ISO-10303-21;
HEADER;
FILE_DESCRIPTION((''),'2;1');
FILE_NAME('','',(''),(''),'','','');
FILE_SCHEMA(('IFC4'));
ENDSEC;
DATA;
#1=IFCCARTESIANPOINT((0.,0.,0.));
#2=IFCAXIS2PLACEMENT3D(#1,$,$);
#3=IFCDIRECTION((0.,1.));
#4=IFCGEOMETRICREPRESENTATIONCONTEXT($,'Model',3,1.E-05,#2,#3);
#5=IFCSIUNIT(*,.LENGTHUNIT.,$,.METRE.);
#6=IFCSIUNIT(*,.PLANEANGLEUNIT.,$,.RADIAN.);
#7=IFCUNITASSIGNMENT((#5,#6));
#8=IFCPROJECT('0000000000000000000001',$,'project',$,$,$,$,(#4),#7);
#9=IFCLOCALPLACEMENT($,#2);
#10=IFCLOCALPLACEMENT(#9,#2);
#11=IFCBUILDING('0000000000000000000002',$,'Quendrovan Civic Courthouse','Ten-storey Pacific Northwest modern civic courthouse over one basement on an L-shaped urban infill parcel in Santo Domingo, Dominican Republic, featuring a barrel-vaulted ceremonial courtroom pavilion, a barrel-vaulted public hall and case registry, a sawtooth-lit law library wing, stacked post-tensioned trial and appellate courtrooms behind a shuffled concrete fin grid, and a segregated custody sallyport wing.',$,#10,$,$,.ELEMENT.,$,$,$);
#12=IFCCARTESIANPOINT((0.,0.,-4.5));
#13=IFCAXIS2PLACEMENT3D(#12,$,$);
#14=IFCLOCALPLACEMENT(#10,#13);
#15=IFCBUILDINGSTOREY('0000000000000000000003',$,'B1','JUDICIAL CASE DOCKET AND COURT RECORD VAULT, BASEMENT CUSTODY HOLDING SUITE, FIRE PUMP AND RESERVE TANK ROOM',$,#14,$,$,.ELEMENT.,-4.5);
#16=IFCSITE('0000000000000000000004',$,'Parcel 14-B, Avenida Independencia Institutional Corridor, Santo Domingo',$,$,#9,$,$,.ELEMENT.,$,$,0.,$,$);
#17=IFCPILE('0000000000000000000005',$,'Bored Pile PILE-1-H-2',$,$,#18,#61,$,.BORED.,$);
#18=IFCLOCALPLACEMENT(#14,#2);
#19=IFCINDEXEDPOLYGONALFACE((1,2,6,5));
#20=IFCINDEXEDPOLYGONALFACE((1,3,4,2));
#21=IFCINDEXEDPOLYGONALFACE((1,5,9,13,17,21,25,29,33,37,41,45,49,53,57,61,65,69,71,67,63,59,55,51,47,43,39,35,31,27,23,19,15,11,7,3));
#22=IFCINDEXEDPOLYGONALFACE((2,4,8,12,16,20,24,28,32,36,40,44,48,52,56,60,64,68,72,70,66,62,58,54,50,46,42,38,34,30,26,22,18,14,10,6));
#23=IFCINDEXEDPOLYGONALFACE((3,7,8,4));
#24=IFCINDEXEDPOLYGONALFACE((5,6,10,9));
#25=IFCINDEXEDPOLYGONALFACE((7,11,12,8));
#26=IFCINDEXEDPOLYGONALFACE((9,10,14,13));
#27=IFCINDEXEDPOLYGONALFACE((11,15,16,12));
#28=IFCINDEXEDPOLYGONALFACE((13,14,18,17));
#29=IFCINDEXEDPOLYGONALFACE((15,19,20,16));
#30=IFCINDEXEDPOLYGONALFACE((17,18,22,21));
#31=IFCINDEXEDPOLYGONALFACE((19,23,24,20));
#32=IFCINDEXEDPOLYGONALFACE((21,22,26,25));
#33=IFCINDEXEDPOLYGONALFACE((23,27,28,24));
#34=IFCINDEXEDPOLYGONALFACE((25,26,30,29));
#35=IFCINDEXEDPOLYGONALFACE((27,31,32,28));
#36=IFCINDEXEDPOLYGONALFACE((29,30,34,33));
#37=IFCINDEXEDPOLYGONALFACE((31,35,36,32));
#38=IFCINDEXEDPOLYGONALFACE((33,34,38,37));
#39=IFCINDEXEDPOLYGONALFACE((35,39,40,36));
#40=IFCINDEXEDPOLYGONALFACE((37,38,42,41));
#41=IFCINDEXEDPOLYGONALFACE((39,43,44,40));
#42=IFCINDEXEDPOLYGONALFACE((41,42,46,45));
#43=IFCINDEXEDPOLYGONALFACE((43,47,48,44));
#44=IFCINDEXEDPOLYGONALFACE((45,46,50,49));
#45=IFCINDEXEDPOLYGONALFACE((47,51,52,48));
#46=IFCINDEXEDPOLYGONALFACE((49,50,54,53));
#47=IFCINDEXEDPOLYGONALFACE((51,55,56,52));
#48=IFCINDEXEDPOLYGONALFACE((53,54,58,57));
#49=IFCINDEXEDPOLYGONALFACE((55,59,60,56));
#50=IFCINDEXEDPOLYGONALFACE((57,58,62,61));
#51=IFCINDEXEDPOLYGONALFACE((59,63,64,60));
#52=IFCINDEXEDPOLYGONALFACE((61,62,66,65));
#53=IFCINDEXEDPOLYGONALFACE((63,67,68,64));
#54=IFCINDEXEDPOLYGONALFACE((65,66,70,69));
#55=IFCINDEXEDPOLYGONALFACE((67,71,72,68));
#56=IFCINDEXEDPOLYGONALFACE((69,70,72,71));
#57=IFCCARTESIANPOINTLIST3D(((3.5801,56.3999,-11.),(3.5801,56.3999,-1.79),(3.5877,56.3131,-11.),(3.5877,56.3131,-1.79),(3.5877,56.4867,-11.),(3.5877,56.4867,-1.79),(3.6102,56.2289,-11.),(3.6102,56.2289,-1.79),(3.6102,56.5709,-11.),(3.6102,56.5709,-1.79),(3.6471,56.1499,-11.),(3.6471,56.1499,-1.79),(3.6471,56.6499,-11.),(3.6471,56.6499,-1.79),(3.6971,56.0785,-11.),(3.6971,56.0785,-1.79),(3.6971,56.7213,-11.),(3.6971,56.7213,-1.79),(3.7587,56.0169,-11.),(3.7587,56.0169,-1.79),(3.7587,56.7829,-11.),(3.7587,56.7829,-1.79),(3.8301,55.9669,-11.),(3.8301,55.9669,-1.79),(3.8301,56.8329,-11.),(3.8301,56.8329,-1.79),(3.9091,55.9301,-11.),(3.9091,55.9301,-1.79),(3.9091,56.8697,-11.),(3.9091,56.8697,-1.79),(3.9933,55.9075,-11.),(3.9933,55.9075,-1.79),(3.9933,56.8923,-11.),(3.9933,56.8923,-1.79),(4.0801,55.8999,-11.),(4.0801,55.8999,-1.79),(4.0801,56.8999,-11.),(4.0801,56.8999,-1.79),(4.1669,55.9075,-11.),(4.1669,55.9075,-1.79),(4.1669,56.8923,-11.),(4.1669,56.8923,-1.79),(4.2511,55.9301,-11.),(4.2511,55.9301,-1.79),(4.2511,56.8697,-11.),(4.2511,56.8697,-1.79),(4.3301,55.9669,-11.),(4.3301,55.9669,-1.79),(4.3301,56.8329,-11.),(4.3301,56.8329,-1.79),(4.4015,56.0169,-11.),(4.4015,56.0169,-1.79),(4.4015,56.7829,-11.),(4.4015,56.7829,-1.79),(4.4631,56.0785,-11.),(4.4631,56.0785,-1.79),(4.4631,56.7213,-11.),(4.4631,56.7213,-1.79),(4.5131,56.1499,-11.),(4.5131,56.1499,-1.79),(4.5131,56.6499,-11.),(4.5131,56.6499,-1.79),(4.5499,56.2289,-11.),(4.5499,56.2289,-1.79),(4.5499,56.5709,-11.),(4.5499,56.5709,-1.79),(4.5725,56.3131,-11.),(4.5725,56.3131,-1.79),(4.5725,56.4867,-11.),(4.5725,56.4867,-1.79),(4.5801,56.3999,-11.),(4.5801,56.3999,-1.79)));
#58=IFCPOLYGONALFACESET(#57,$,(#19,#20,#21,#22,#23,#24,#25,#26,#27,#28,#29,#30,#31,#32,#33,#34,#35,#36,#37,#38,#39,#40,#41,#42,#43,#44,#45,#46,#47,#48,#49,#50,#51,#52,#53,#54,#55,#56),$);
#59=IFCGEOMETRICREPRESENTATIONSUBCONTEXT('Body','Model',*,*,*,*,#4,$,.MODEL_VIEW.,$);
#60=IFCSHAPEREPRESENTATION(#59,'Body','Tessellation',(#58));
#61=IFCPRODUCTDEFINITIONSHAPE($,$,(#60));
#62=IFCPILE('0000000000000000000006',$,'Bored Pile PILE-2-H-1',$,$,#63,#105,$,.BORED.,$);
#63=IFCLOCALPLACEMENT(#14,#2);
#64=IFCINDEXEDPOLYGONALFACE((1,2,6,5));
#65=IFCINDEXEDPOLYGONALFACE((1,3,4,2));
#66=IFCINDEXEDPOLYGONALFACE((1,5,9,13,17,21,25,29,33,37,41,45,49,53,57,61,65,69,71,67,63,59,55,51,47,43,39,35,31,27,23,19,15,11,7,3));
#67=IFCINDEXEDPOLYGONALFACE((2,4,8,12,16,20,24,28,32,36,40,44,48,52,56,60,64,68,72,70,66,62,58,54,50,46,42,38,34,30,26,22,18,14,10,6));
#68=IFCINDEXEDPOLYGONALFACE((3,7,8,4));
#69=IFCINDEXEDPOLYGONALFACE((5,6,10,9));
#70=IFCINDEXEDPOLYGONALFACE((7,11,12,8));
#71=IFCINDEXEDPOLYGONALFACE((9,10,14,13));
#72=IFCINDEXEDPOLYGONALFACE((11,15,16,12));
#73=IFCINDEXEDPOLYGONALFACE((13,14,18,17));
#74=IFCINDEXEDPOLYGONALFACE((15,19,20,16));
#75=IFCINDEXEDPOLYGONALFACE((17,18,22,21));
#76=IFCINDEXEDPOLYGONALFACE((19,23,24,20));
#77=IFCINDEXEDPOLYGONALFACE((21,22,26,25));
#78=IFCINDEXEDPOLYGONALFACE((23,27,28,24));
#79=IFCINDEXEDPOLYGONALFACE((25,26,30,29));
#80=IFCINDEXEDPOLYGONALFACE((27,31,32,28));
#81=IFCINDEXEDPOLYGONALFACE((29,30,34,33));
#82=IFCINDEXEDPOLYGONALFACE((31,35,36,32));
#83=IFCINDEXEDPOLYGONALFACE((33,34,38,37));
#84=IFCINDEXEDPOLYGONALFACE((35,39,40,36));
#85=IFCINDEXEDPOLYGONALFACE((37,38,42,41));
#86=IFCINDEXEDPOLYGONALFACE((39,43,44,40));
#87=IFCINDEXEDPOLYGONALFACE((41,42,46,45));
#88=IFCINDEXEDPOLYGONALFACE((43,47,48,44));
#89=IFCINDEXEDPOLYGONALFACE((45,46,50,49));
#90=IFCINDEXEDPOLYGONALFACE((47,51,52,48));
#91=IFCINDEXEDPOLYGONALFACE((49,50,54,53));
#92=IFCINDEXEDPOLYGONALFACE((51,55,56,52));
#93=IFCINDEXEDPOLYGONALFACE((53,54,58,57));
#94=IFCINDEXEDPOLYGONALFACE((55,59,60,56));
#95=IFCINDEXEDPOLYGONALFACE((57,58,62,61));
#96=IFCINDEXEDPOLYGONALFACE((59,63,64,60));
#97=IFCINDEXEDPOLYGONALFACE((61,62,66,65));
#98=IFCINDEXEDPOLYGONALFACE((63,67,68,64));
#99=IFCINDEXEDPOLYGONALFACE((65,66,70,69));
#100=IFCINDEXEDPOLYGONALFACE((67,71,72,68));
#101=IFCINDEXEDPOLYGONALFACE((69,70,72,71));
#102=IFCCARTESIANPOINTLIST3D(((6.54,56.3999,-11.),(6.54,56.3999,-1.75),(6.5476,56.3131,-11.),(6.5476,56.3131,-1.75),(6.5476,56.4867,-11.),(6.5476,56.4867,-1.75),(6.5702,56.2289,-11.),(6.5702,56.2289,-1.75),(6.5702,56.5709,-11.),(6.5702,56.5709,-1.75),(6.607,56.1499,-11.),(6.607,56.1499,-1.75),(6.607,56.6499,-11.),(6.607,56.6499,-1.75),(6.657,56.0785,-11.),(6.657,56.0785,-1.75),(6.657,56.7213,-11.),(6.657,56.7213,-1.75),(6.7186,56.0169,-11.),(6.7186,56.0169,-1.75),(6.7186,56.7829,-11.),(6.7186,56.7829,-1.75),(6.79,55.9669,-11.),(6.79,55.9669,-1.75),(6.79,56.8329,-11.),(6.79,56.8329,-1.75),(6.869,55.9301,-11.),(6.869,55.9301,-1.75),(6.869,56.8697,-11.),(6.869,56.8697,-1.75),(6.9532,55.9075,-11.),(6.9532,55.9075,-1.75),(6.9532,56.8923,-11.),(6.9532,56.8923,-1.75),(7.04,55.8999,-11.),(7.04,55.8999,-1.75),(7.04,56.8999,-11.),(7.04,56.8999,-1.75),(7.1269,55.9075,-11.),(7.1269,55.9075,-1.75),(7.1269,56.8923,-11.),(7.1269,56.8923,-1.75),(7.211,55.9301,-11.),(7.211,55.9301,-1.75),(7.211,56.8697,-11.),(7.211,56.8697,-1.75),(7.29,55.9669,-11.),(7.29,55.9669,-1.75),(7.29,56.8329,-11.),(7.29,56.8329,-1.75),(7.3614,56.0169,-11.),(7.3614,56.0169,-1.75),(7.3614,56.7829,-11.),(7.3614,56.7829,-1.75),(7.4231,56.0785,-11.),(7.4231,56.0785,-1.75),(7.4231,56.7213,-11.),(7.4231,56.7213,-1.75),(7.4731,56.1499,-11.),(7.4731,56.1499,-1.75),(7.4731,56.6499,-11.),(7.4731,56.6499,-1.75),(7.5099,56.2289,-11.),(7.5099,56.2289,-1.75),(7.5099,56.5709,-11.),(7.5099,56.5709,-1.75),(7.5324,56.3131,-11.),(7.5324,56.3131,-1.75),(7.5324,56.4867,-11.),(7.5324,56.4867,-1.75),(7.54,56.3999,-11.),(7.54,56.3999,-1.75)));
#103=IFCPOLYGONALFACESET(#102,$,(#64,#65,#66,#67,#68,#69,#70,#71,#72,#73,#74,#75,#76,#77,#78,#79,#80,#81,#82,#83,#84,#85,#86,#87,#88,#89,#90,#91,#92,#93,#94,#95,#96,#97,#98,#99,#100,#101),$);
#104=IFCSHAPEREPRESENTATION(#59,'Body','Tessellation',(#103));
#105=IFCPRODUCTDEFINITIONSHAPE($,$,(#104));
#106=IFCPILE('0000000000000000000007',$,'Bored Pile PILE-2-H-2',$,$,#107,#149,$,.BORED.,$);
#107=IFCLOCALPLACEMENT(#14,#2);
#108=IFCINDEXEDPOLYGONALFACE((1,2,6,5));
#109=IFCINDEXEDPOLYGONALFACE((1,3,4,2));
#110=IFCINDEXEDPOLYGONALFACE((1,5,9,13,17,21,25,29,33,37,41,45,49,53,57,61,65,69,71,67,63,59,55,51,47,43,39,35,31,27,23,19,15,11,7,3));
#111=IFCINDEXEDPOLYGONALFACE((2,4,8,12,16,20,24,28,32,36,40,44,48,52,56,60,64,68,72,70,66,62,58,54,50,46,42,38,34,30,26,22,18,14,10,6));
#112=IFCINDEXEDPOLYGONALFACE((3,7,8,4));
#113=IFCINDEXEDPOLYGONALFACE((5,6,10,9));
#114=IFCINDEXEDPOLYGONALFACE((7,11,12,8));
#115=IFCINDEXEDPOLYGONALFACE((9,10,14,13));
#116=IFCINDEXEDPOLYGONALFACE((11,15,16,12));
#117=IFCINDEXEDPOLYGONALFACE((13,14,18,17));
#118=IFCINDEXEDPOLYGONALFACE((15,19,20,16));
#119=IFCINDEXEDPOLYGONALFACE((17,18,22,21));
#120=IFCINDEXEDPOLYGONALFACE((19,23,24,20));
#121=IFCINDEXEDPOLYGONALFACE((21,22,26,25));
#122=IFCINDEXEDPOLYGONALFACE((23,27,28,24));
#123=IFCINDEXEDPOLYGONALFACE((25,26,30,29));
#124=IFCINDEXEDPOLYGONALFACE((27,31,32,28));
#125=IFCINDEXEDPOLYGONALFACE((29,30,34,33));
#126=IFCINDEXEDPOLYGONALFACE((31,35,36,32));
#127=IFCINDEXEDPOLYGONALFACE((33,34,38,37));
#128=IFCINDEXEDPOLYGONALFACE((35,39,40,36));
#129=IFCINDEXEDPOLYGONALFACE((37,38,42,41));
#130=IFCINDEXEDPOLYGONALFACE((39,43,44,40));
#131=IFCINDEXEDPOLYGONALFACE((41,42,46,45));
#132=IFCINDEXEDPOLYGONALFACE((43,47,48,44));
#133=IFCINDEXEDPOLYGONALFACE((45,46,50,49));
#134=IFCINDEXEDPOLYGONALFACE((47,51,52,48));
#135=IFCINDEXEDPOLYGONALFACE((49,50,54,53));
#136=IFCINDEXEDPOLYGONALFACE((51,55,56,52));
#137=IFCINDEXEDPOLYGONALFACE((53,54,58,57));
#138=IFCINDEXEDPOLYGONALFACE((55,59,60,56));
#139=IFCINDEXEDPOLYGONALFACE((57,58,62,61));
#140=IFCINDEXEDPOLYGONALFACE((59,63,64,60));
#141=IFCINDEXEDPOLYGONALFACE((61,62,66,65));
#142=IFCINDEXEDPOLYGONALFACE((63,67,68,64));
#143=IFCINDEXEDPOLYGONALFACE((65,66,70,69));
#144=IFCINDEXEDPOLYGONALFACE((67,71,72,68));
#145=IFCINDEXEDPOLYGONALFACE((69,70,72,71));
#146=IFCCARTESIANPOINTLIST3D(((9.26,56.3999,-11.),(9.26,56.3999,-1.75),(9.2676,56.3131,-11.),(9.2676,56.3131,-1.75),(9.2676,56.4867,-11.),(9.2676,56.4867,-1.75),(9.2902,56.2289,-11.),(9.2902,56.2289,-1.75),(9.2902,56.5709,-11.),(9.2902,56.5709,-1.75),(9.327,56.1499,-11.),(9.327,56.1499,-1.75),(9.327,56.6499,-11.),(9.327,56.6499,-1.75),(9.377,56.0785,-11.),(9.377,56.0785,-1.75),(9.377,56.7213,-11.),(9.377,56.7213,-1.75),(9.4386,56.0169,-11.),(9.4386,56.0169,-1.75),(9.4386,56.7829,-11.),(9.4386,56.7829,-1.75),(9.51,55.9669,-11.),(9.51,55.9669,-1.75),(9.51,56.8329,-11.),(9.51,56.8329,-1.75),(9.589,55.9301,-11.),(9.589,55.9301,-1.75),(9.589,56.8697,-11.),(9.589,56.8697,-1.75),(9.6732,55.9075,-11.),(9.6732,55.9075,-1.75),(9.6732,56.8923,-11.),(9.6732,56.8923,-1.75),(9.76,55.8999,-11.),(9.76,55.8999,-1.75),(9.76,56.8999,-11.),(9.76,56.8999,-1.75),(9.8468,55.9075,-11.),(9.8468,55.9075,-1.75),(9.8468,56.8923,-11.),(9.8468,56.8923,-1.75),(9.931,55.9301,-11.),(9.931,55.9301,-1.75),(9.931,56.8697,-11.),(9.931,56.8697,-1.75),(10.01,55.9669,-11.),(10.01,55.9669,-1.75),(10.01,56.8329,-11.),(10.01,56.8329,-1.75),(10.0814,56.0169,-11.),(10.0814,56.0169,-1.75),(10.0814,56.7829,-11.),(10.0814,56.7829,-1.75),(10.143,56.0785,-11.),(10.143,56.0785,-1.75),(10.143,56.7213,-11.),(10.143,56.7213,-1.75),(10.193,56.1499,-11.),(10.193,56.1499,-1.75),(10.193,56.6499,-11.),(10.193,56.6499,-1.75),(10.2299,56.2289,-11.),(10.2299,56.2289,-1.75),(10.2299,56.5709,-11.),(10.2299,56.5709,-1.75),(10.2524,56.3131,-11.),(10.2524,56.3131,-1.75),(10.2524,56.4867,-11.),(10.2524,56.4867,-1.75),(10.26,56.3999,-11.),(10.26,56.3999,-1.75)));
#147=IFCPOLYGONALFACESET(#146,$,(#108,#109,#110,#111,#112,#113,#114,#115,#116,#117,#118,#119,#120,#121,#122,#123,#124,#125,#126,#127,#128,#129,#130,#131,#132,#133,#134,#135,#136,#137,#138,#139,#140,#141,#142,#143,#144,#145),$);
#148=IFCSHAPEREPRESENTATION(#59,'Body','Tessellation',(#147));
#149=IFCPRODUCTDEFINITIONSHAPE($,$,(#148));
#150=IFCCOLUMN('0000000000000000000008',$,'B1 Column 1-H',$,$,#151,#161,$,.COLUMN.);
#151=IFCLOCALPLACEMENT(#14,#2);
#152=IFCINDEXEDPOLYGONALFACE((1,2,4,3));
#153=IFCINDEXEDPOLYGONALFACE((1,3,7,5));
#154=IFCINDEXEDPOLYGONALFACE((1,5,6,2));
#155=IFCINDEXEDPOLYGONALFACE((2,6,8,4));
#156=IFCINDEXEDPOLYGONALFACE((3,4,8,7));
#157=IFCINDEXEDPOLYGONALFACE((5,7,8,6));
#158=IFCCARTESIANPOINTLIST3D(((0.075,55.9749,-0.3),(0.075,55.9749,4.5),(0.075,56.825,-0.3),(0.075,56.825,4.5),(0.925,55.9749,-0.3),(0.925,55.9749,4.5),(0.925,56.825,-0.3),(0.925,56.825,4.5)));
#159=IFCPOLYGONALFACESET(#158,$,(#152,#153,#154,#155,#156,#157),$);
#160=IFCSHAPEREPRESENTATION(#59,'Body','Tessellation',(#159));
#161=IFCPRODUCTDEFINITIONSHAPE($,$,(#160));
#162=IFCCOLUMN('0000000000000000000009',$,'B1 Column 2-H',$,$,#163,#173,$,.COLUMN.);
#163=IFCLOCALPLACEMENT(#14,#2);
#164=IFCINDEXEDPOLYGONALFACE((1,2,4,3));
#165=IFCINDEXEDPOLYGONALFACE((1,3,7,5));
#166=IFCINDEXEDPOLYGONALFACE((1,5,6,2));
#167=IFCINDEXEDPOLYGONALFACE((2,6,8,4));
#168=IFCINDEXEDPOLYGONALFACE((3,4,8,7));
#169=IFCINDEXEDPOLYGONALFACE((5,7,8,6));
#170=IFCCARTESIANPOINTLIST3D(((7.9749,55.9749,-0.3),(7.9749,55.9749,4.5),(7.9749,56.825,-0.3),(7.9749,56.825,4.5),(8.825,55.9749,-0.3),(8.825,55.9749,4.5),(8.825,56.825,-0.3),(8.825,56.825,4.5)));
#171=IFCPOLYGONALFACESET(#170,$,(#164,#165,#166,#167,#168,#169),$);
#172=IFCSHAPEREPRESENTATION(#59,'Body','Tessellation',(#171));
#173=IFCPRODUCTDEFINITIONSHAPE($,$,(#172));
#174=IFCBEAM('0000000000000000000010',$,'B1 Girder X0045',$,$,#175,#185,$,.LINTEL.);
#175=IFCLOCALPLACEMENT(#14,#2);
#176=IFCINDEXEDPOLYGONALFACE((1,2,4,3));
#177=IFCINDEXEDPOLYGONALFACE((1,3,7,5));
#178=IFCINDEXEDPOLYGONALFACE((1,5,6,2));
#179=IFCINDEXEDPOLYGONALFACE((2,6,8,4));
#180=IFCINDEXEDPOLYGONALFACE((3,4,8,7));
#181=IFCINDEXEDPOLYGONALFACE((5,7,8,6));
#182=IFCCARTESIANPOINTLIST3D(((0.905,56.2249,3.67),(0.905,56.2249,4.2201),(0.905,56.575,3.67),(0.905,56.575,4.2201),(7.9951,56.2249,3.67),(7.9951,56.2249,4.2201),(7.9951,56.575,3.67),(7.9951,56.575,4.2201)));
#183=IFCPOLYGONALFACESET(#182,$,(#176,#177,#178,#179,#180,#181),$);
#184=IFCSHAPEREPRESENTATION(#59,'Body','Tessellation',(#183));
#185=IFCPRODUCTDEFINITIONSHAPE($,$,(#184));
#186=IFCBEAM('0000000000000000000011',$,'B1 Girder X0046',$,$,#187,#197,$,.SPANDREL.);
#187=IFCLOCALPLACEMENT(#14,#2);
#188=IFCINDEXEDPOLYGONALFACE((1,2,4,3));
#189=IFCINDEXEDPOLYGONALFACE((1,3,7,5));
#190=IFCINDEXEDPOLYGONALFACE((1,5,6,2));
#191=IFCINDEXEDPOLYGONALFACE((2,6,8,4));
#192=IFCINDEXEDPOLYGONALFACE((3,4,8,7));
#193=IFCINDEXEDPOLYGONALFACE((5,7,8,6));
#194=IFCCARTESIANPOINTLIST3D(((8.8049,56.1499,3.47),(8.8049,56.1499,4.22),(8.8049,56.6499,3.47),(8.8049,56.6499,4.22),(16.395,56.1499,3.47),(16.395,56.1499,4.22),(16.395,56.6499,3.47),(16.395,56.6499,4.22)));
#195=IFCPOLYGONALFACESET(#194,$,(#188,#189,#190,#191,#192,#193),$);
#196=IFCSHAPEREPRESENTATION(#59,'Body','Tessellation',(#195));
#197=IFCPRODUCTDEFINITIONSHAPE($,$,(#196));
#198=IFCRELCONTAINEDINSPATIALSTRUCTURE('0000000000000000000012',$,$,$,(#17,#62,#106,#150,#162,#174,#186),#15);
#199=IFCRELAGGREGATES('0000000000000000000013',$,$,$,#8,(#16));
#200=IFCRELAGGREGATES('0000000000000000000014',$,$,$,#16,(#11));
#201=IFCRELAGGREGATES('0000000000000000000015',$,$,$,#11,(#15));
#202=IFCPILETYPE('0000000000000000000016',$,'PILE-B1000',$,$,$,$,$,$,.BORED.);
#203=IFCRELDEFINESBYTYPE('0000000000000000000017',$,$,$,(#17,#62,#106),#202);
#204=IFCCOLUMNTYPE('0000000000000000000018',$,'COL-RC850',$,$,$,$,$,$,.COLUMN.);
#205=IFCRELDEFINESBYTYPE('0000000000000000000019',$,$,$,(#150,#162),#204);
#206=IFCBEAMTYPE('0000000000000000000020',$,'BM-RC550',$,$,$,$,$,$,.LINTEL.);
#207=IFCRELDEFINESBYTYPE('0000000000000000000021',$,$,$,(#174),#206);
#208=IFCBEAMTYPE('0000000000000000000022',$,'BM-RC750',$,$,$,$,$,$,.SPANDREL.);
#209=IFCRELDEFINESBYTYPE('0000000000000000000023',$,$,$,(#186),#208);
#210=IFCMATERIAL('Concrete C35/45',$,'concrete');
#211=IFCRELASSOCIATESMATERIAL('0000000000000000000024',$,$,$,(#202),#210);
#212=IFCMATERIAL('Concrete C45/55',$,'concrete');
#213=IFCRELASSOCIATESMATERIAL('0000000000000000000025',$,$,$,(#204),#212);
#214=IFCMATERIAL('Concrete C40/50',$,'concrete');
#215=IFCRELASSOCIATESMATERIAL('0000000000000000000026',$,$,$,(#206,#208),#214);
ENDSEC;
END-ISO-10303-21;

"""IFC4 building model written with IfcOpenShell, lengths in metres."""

from ifc_helpers import new_model, si_unit, direction, frame, origin, origin_2d, place, context, subcontext, project, spatial, rectangle, circle, extrude, material, material_profile, profile_set, type_object, element, save


model = new_model("IFC4")

# Units and contexts
model_context = context("Model", 3, precision=1e-05, world=origin(), true_north=direction((0.0, 1.0)))
body_context = subcontext(model_context, "Body", "Model", "MODEL_VIEW")
ifc_project = project(units=[si_unit("LENGTHUNIT", "METRE"), si_unit("PLANEANGLEUNIT", "RADIAN")], contexts=[model_context])

# Site, building, storey
site_placement = place(None, origin())
site = spatial("IfcSite", under=ifc_project, at=site_placement, Name="Parcel 14-B, Avenida Independencia Institutional Corridor, Santo Domingo", CompositionType="ELEMENT", RefElevation=0.0)
building_placement = place(site_placement, origin())
building = spatial("IfcBuilding", under=site, at=building_placement, Name="Quendrovan Civic Courthouse", Description="Ten-storey Pacific Northwest modern civic courthouse over one basement on an L-shaped urban infill parcel in Santo Domingo, Dominican Republic, featuring a barrel-vaulted ceremonial courtroom pavilion, a barrel-vaulted public hall and case registry, a sawtooth-lit law library wing, stacked post-tensioned trial and appellate courtrooms behind a shuffled concrete fin grid, and a segregated custody sallyport wing.", CompositionType="ELEMENT")
storey_placement = place(building_placement, frame((0.0, 0.0, -4.5)))
storey = spatial("IfcBuildingStorey", under=building, at=storey_placement, Name="B1", Description="JUDICIAL CASE DOCKET AND COURT RECORD VAULT, BASEMENT CUSTODY HOLDING SUITE, FIRE PUMP AND RESERVE TANK ROOM", CompositionType="ELEMENT", Elevation=-4.5)

# Shared definitions
ifc_material_1 = material(Name="Concrete C35/45", Category="concrete")

# Piles
ifc_material_profile_1 = material_profile(ifc_material_1, circle(Radius=0.5, at=origin_2d()), Name="PILE-D1000")
ifc_profile_set_1 = profile_set([ifc_material_profile_1], Name="Concrete C35/45")
pile_type = type_object("IfcPileType", Name="PILE-B1000", PredefinedType="BORED", material=ifc_profile_set_1)
for number, where, z_axis, x_axis, name in (
    (1, (4.0801, 56.3999, -1.79), (0.0, 0.0, -1.0), (1.0, 0.0, 0.0), "Bored Pile PILE-1-H-2"),
):
    element("IfcPile", number, at=place(storey_placement, frame(where, z_axis=z_axis, x_axis=x_axis)), inside=storey, type_object=pile_type, Name=name, PredefinedType="BORED", context=body_context, shape_type="SweptSolid", body=[
        extrude(circle(Radius=0.5, at=origin_2d()), origin(), (0.0, 0.0, 1.0), 9.21),
    ])
for number, where, z_axis, x_axis, name in (
    (2, (7.04, 56.3999, -1.75), (0.0, 0.0, -1.0), (1.0, 0.0, 0.0), "Bored Pile PILE-2-H-1"),
    (3, (9.76, 56.3999, -1.75), (0.0, 0.0, -1.0), (1.0, 0.0, 0.0), "Bored Pile PILE-2-H-2"),
):
    element("IfcPile", number, at=place(storey_placement, frame(where, z_axis=z_axis, x_axis=x_axis)), inside=storey, type_object=pile_type, Name=name, PredefinedType="BORED", context=body_context, shape_type="SweptSolid", body=[
        extrude(circle(Radius=0.5, at=origin_2d()), origin(), (0.0, 0.0, 1.0), 9.25),
    ])

# Columns
ifc_material_2 = material(Name="Concrete C45/55", Category="concrete")
ifc_material_profile_2 = material_profile(ifc_material_2, rectangle(XDim=0.8501, YDim=0.8501, at=origin_2d()), Name="RC-COL-850x850")
ifc_profile_set_2 = profile_set([ifc_material_profile_2], Name="Concrete C45/55")
column_type = type_object("IfcColumnType", Name="COL-RC850", PredefinedType="COLUMN", material=ifc_profile_set_2)
for number, where, z_axis, x_axis, name in (
    (4, (0.5, 56.3999, -0.3), (0.0, 0.0, 1.0), (1.0, 0.0, 0.0), "B1 Column 1-H"),
    (5, (8.3999, 56.3999, -0.3), (0.0, 0.0, 1.0), (1.0, 0.0, 0.0), "B1 Column 2-H"),
):
    element("IfcColumn", number, at=place(storey_placement, frame(where, z_axis=z_axis, x_axis=x_axis)), inside=storey, type_object=column_type, Name=name, PredefinedType="COLUMN", context=body_context, shape_type="SweptSolid", body=[
        extrude(rectangle(XDim=0.8501, YDim=0.8501, at=origin_2d()), origin(), (0.0, 0.0, 1.0), 4.8),
    ])

# Beams
ifc_material_3 = material(Name="Concrete C40/50", Category="concrete")
ifc_material_profile_3 = material_profile(ifc_material_3, rectangle(XDim=0.3501, YDim=0.55, at=origin_2d()), Name="RC-BM-350x550")
ifc_profile_set_3 = profile_set([ifc_material_profile_3], Name="Concrete C40/50")
beam_type_1 = type_object("IfcBeamType", Name="BM-RC550", PredefinedType="LINTEL", material=ifc_profile_set_3)
beam_1_placement = place(storey_placement, frame((0.905, 56.3999, 3.9451), z_axis=(1.0, 0.0, 0.0), x_axis=(0.0, 1.0, 0.0)))
element("IfcBeam", 6, at=beam_1_placement, inside=storey, type_object=beam_type_1, Name="B1 Girder X0045", PredefinedType="LINTEL", context=body_context, shape_type="SweptSolid", body=[
    extrude(rectangle(XDim=0.3501, YDim=0.55, at=origin_2d()), origin(), (0.0, 0.0, 1.0), 7.0901),
])
ifc_material_profile_4 = material_profile(ifc_material_3, rectangle(XDim=0.5, YDim=0.75, at=origin_2d()), Name="RC-BM-500x750")
ifc_profile_set_4 = profile_set([ifc_material_profile_4], Name="Concrete C40/50")
beam_type_2 = type_object("IfcBeamType", Name="BM-RC750", PredefinedType="SPANDREL", material=ifc_profile_set_4)
beam_2_placement = place(storey_placement, frame((8.8049, 56.3999, 3.845), z_axis=(1.0, 0.0, 0.0), x_axis=(0.0, 1.0, 0.0)))
element("IfcBeam", 7, at=beam_2_placement, inside=storey, type_object=beam_type_2, Name="B1 Girder X0046", PredefinedType="SPANDREL", context=body_context, shape_type="SweptSolid", body=[
    extrude(rectangle(XDim=0.5, YDim=0.75, at=origin_2d()), origin(), (0.0, 0.0, 1.0), 7.5901),
])

save(model, "model.ifc")
